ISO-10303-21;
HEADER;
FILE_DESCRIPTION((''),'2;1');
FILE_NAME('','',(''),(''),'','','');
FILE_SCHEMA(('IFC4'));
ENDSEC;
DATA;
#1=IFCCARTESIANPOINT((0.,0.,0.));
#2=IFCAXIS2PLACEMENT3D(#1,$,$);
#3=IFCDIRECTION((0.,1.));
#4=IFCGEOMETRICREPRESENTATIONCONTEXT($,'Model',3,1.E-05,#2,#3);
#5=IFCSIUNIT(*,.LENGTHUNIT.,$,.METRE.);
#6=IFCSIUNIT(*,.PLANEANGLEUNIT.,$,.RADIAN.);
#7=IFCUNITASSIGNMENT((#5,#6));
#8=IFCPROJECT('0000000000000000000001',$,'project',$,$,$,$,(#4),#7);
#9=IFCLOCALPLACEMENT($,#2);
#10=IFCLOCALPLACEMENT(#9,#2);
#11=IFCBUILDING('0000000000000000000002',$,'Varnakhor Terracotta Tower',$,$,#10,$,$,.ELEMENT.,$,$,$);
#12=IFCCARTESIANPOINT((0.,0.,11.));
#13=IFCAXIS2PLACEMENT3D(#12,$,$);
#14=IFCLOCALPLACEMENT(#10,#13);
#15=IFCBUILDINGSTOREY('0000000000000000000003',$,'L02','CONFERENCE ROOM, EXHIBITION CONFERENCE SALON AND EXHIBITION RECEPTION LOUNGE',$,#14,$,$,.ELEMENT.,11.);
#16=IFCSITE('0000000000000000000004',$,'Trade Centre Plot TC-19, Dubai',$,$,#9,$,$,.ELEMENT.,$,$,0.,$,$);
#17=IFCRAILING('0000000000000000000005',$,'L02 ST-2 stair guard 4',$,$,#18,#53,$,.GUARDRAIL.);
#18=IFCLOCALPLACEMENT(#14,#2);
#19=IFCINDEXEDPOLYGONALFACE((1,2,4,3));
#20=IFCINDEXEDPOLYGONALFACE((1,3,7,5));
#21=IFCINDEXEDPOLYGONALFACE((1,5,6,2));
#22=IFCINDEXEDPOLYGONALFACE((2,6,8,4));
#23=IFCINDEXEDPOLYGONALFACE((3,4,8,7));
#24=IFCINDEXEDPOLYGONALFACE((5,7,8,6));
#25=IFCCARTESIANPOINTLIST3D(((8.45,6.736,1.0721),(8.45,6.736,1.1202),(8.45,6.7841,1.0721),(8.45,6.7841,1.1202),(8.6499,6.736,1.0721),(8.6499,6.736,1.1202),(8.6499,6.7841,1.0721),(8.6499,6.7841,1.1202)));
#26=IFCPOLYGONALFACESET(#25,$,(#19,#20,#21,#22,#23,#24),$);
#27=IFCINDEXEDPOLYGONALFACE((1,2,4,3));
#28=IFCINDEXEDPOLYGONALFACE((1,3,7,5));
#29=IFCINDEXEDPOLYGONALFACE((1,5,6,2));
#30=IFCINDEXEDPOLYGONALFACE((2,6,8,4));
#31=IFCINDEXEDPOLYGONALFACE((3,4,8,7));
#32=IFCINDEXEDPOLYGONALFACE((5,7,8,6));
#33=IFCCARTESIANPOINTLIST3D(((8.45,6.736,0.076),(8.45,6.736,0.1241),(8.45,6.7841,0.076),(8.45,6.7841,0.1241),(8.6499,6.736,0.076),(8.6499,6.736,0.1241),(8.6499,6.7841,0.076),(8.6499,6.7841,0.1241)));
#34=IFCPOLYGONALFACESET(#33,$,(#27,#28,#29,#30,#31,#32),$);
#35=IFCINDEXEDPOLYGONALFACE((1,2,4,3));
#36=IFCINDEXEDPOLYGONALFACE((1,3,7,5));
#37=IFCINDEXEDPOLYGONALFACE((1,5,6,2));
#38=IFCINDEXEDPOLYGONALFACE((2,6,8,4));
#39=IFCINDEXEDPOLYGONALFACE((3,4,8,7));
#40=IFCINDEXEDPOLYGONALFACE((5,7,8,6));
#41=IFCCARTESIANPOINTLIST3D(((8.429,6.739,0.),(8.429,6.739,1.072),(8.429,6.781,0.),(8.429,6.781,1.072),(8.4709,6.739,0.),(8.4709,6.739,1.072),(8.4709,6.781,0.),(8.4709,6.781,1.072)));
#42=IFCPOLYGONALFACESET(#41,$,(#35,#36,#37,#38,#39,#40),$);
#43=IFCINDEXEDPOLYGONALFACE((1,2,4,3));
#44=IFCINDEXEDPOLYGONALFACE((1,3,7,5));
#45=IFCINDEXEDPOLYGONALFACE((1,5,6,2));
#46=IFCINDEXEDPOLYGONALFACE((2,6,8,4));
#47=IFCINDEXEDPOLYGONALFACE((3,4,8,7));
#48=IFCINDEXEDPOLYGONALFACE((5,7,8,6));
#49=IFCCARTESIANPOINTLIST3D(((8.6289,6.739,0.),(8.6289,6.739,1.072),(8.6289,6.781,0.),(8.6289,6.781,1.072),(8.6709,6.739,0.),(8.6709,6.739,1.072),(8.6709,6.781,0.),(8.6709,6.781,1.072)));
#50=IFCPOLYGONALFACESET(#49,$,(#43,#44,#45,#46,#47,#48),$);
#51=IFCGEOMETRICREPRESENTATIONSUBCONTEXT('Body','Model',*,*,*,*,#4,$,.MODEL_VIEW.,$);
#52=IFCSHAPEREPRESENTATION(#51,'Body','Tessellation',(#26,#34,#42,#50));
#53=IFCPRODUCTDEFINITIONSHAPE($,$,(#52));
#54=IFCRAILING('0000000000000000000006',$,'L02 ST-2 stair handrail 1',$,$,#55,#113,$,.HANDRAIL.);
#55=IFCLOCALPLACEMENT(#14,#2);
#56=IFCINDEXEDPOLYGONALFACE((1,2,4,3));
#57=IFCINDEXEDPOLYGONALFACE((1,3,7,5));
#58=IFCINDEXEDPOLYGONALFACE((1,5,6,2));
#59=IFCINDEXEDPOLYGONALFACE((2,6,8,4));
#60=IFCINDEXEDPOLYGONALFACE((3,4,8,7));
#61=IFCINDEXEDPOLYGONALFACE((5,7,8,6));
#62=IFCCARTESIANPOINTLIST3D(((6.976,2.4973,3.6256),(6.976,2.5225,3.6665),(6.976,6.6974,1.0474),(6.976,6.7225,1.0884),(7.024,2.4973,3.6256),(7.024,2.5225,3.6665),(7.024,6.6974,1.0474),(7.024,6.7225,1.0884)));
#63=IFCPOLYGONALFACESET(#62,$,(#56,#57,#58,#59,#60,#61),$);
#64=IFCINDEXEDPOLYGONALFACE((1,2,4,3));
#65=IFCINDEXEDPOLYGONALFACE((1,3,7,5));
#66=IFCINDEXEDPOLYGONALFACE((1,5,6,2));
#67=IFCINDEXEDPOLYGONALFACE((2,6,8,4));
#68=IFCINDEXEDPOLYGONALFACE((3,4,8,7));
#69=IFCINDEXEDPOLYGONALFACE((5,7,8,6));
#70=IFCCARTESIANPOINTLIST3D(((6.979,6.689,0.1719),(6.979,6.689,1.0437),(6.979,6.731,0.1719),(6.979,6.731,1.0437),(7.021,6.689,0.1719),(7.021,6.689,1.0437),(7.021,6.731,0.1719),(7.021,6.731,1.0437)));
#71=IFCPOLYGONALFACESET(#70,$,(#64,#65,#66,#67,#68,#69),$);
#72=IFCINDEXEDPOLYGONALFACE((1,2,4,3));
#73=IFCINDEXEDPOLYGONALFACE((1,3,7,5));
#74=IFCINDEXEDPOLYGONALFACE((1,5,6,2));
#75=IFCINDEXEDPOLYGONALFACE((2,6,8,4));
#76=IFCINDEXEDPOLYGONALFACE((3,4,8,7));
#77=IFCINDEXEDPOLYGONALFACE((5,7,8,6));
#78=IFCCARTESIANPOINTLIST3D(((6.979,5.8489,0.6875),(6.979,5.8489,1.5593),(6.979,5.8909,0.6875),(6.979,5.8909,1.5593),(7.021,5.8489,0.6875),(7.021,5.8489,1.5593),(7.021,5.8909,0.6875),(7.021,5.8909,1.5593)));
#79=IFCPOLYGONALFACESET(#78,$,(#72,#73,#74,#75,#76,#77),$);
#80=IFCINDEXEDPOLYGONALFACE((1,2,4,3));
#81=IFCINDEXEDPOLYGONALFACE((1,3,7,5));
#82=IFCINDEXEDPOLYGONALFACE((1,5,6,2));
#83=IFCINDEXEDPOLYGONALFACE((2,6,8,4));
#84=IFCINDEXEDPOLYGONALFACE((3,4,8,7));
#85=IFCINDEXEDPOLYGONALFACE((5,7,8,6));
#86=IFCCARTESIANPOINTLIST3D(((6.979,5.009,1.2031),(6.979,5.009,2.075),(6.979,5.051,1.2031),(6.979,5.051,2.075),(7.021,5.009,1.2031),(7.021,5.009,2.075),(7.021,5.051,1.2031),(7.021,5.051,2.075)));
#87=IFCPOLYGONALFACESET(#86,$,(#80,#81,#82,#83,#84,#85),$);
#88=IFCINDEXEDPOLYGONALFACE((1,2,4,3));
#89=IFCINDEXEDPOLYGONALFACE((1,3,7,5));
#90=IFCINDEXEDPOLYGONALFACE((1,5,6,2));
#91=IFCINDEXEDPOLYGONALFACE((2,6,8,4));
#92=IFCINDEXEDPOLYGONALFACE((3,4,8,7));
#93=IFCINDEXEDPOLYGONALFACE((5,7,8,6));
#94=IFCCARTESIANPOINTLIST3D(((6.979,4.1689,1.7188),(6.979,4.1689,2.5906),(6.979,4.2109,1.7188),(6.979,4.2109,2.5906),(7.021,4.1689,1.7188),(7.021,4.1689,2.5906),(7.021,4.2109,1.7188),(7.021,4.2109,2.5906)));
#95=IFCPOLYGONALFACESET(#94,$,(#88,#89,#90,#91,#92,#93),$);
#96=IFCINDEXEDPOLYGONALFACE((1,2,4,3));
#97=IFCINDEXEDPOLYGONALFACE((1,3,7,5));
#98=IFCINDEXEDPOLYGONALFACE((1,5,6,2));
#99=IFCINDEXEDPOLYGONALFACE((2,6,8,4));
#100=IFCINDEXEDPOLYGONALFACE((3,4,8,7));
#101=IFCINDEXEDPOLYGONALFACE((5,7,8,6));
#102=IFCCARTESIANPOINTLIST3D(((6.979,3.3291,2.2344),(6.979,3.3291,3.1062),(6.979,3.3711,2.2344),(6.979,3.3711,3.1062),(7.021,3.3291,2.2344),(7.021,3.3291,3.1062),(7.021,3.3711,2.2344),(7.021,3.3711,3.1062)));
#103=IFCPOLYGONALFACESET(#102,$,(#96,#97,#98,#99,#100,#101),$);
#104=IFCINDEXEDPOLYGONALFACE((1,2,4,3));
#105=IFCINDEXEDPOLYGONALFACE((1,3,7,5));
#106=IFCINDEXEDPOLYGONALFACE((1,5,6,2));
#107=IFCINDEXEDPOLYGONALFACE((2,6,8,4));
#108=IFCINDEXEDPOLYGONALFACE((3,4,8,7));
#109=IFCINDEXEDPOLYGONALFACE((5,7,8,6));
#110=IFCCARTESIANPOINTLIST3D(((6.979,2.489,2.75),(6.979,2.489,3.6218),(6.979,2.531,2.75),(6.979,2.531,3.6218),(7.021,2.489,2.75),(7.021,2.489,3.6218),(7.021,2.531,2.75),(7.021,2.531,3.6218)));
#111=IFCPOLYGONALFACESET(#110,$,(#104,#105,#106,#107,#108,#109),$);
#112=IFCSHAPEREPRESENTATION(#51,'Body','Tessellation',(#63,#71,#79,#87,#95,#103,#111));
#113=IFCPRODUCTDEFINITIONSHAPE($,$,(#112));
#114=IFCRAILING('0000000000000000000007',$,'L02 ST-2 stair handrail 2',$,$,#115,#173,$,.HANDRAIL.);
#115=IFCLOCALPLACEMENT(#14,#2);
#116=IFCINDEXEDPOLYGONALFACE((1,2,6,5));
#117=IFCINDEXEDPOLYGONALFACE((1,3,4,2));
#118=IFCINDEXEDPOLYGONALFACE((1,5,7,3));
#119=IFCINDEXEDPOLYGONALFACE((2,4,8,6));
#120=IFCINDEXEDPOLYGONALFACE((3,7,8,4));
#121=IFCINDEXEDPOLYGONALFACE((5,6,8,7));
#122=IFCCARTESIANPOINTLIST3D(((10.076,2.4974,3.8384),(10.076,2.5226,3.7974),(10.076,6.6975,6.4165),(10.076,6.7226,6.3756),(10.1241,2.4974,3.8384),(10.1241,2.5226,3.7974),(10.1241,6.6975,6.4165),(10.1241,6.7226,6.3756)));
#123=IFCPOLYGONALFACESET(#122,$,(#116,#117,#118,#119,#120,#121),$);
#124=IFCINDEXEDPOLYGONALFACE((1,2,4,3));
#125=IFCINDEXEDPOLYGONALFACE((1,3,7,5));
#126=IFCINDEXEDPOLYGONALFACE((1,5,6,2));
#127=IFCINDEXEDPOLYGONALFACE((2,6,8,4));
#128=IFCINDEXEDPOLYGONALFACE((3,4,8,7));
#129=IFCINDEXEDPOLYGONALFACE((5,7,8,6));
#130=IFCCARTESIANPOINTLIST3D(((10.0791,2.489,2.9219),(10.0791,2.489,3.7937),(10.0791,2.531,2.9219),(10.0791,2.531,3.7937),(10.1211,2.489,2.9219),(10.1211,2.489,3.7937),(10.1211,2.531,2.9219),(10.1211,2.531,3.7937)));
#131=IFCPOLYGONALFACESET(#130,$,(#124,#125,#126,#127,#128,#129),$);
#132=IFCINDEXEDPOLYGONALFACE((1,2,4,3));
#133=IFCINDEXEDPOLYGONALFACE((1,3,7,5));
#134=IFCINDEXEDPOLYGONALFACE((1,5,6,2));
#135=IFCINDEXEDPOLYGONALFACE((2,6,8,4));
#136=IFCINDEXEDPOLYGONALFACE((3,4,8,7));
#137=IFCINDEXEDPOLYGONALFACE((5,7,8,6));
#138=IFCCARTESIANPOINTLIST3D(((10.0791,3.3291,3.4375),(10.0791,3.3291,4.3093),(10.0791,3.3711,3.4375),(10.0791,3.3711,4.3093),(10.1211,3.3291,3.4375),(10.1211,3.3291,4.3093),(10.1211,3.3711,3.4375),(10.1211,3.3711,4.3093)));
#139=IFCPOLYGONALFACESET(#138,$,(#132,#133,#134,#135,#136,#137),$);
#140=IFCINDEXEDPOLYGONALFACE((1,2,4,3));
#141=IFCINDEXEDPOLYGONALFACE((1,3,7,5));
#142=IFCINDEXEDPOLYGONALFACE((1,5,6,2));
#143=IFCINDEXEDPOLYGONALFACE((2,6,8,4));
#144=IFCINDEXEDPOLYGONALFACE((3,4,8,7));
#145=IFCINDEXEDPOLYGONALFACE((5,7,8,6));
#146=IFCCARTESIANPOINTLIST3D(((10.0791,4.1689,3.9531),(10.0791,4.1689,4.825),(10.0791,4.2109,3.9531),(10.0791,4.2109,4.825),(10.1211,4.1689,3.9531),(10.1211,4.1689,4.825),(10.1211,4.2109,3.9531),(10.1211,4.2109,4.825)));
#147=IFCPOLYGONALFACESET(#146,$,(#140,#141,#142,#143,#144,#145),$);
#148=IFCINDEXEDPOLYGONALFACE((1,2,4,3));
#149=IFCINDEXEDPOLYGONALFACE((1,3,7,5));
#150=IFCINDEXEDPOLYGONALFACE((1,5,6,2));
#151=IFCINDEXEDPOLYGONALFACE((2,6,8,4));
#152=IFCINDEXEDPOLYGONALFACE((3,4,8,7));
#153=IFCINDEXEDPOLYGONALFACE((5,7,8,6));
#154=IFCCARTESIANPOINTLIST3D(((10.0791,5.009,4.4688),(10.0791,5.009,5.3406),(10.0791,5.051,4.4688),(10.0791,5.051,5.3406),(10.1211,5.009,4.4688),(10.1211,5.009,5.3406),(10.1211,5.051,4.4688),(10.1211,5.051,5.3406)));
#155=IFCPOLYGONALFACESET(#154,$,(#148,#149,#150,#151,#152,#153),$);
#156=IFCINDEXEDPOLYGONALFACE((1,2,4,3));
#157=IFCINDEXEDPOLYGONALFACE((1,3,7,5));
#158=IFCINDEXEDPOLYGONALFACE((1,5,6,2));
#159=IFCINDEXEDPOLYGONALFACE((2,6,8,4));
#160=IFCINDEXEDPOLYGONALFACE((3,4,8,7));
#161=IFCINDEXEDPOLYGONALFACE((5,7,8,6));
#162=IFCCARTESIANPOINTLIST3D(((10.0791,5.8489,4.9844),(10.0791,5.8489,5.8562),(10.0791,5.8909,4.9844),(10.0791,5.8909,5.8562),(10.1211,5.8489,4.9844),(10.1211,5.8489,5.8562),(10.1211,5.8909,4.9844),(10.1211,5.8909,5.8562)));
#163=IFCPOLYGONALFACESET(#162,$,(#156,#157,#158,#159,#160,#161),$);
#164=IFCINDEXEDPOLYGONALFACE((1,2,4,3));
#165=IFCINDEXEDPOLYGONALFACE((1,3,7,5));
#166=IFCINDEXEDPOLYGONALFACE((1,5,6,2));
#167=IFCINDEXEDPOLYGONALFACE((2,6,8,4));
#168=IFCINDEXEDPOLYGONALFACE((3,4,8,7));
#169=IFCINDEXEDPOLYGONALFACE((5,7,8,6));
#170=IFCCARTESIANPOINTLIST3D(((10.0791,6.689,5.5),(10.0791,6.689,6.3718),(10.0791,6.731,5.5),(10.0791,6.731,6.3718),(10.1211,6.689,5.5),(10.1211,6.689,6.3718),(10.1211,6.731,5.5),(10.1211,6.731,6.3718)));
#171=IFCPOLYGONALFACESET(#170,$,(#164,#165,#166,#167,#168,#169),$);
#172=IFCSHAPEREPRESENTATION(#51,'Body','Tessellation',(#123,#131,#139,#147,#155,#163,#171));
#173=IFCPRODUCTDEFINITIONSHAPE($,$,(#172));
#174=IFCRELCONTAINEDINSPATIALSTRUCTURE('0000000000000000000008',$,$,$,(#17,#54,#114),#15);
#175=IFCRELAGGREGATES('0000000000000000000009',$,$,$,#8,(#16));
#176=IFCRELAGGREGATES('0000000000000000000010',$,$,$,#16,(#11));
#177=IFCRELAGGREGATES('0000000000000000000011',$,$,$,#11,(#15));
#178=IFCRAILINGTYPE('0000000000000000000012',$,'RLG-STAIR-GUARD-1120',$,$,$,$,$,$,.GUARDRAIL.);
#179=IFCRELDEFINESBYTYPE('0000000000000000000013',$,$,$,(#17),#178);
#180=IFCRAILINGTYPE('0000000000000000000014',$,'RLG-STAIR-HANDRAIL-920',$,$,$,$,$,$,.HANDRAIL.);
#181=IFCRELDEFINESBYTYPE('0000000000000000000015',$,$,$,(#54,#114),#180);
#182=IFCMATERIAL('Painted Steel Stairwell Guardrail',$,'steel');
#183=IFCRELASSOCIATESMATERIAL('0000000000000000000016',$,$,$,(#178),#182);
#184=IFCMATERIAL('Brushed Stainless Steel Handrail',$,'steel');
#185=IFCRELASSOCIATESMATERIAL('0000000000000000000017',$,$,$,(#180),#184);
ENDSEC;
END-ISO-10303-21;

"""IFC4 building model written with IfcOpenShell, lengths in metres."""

from ifc_helpers import new_model, si_unit, direction, frame, origin, origin_2d, place, context, subcontext, project, spatial, rectangle, extrude, material, type_object, element, save


model = new_model("IFC4")

# Units and contexts
model_context = context("Model", 3, precision=1e-05, world=origin(), true_north=direction((0.0, 1.0)))
body_context = subcontext(model_context, "Body", "Model", "MODEL_VIEW")
ifc_project = project(units=[si_unit("LENGTHUNIT", "METRE"), si_unit("PLANEANGLEUNIT", "RADIAN")], contexts=[model_context])

# Site, building, storey
site_placement = place(None, origin())
site = spatial("IfcSite", under=ifc_project, at=site_placement, Name="Trade Centre Plot TC-19, Dubai", CompositionType="ELEMENT", RefElevation=0.0)
building_placement = place(site_placement, origin())
building = spatial("IfcBuilding", under=site, at=building_placement, Name="Varnakhor Terracotta Tower", CompositionType="ELEMENT")
storey_placement = place(building_placement, frame((0.0, 0.0, 11.0)))
storey = spatial("IfcBuildingStorey", under=building, at=storey_placement, Name="L02", Description="CONFERENCE ROOM, EXHIBITION CONFERENCE SALON AND EXHIBITION RECEPTION LOUNGE", CompositionType="ELEMENT", Elevation=11.0)

# Railings
ifc_material_1 = material(Name="Painted Steel Stairwell Guardrail", Category="steel")
railing_type_1 = type_object("IfcRailingType", Name="RLG-STAIR-GUARD-1120", PredefinedType="GUARDRAIL", material=ifc_material_1)
railing_1_placement = place(storey_placement, frame((8.45, 6.76, 0.0)))
element("IfcRailing", 1, at=railing_1_placement, inside=storey, type_object=railing_type_1, Name="L02 ST-2 stair guard 4", PredefinedType="GUARDRAIL", context=body_context, shape_type="SweptSolid", body=[
    extrude(rectangle(XDim=0.0481, YDim=0.0481, at=origin_2d()), frame((0.0, 0.0, 1.0962), z_axis=(1.0, 0.0, 0.0), x_axis=(0.0, 1.0, 0.0)), (0.0, 0.0, 1.0), 0.2),
    extrude(rectangle(XDim=0.0481, YDim=0.0481, at=origin_2d()), frame((0.0, 0.0, 0.1001), z_axis=(1.0, 0.0, 0.0), x_axis=(0.0, 1.0, 0.0)), (0.0, 0.0, 1.0), 0.2),
    extrude(rectangle(XDim=0.042, YDim=0.042, at=origin_2d()), origin(), (0.0, 0.0, 1.0), 1.072),
    extrude(rectangle(XDim=0.042, YDim=0.042, at=origin_2d()), frame((0.2, 0.0, 0.0)), (0.0, 0.0, 1.0), 1.072),
])
ifc_material_2 = material(Name="Brushed Stainless Steel Handrail", Category="steel")
railing_type_2 = type_object("IfcRailingType", Name="RLG-STAIR-HANDRAIL-920", PredefinedType="HANDRAIL", material=ifc_material_2)
railing_2_placement = place(storey_placement, frame((7.0, 6.71, 0.1719)))
element("IfcRailing", 2, at=railing_2_placement, inside=storey, type_object=railing_type_2, Name="L02 ST-2 stair handrail 1", PredefinedType="HANDRAIL", context=body_context, shape_type="SweptSolid", body=[
    extrude(rectangle(XDim=0.0481, YDim=0.0481, at=origin_2d()), frame((0.0, 0.0, 0.896), z_axis=(0.0, -0.852243, 0.523146), x_axis=(1.0, 0.0, 0.0)), (0.0, 0.0, 1.0), 4.9282),
    extrude(rectangle(XDim=0.042, YDim=0.042, at=origin_2d()), origin(), (0.0, 0.0, 1.0), 0.8718),
    extrude(rectangle(XDim=0.042, YDim=0.042, at=origin_2d()), frame((0.0, -0.8401, 0.5156)), (0.0, 0.0, 1.0), 0.8718),
    extrude(rectangle(XDim=0.042, YDim=0.042, at=origin_2d()), frame((0.0, -1.6799, 1.0312)), (0.0, 0.0, 1.0), 0.8718),
    extrude(rectangle(XDim=0.042, YDim=0.042, at=origin_2d()), frame((0.0, -2.52, 1.5469)), (0.0, 0.0, 1.0), 0.8718),
    extrude(rectangle(XDim=0.042, YDim=0.042, at=origin_2d()), frame((0.0, -3.3599, 2.0625)), (0.0, 0.0, 1.0), 0.8718),
    extrude(rectangle(XDim=0.042, YDim=0.042, at=origin_2d()), frame((0.0, -4.2, 2.5781)), (0.0, 0.0, 1.0), 0.8718),
])
railing_3_placement = place(storey_placement, frame((10.1001, 2.51, 2.9219)))
element("IfcRailing", 3, at=railing_3_placement, inside=storey, type_object=railing_type_2, Name="L02 ST-2 stair handrail 2", PredefinedType="HANDRAIL", context=body_context, shape_type="SweptSolid", body=[
    extrude(rectangle(XDim=0.0481, YDim=0.0481, at=origin_2d()), frame((0.0, 0.0, 0.896), z_axis=(0.0, 0.852243, 0.523146), x_axis=(-1.0, 0.0, 0.0)), (0.0, 0.0, 1.0), 4.9282),
    extrude(rectangle(XDim=0.042, YDim=0.042, at=origin_2d()), origin(), (0.0, 0.0, 1.0), 0.8718),
    extrude(rectangle(XDim=0.042, YDim=0.042, at=origin_2d()), frame((0.0, 0.8401, 0.5156)), (0.0, 0.0, 1.0), 0.8718),
    extrude(rectangle(XDim=0.042, YDim=0.042, at=origin_2d()), frame((0.0, 1.6799, 1.0312)), (0.0, 0.0, 1.0), 0.8718),
    extrude(rectangle(XDim=0.042, YDim=0.042, at=origin_2d()), frame((0.0, 2.52, 1.5469)), (0.0, 0.0, 1.0), 0.8718),
    extrude(rectangle(XDim=0.042, YDim=0.042, at=origin_2d()), frame((0.0, 3.3599, 2.0625)), (0.0, 0.0, 1.0), 0.8718),
    extrude(rectangle(XDim=0.042, YDim=0.042, at=origin_2d()), frame((0.0, 4.2, 2.5781)), (0.0, 0.0, 1.0), 0.8718),
])

save(model, "model.ifc")
